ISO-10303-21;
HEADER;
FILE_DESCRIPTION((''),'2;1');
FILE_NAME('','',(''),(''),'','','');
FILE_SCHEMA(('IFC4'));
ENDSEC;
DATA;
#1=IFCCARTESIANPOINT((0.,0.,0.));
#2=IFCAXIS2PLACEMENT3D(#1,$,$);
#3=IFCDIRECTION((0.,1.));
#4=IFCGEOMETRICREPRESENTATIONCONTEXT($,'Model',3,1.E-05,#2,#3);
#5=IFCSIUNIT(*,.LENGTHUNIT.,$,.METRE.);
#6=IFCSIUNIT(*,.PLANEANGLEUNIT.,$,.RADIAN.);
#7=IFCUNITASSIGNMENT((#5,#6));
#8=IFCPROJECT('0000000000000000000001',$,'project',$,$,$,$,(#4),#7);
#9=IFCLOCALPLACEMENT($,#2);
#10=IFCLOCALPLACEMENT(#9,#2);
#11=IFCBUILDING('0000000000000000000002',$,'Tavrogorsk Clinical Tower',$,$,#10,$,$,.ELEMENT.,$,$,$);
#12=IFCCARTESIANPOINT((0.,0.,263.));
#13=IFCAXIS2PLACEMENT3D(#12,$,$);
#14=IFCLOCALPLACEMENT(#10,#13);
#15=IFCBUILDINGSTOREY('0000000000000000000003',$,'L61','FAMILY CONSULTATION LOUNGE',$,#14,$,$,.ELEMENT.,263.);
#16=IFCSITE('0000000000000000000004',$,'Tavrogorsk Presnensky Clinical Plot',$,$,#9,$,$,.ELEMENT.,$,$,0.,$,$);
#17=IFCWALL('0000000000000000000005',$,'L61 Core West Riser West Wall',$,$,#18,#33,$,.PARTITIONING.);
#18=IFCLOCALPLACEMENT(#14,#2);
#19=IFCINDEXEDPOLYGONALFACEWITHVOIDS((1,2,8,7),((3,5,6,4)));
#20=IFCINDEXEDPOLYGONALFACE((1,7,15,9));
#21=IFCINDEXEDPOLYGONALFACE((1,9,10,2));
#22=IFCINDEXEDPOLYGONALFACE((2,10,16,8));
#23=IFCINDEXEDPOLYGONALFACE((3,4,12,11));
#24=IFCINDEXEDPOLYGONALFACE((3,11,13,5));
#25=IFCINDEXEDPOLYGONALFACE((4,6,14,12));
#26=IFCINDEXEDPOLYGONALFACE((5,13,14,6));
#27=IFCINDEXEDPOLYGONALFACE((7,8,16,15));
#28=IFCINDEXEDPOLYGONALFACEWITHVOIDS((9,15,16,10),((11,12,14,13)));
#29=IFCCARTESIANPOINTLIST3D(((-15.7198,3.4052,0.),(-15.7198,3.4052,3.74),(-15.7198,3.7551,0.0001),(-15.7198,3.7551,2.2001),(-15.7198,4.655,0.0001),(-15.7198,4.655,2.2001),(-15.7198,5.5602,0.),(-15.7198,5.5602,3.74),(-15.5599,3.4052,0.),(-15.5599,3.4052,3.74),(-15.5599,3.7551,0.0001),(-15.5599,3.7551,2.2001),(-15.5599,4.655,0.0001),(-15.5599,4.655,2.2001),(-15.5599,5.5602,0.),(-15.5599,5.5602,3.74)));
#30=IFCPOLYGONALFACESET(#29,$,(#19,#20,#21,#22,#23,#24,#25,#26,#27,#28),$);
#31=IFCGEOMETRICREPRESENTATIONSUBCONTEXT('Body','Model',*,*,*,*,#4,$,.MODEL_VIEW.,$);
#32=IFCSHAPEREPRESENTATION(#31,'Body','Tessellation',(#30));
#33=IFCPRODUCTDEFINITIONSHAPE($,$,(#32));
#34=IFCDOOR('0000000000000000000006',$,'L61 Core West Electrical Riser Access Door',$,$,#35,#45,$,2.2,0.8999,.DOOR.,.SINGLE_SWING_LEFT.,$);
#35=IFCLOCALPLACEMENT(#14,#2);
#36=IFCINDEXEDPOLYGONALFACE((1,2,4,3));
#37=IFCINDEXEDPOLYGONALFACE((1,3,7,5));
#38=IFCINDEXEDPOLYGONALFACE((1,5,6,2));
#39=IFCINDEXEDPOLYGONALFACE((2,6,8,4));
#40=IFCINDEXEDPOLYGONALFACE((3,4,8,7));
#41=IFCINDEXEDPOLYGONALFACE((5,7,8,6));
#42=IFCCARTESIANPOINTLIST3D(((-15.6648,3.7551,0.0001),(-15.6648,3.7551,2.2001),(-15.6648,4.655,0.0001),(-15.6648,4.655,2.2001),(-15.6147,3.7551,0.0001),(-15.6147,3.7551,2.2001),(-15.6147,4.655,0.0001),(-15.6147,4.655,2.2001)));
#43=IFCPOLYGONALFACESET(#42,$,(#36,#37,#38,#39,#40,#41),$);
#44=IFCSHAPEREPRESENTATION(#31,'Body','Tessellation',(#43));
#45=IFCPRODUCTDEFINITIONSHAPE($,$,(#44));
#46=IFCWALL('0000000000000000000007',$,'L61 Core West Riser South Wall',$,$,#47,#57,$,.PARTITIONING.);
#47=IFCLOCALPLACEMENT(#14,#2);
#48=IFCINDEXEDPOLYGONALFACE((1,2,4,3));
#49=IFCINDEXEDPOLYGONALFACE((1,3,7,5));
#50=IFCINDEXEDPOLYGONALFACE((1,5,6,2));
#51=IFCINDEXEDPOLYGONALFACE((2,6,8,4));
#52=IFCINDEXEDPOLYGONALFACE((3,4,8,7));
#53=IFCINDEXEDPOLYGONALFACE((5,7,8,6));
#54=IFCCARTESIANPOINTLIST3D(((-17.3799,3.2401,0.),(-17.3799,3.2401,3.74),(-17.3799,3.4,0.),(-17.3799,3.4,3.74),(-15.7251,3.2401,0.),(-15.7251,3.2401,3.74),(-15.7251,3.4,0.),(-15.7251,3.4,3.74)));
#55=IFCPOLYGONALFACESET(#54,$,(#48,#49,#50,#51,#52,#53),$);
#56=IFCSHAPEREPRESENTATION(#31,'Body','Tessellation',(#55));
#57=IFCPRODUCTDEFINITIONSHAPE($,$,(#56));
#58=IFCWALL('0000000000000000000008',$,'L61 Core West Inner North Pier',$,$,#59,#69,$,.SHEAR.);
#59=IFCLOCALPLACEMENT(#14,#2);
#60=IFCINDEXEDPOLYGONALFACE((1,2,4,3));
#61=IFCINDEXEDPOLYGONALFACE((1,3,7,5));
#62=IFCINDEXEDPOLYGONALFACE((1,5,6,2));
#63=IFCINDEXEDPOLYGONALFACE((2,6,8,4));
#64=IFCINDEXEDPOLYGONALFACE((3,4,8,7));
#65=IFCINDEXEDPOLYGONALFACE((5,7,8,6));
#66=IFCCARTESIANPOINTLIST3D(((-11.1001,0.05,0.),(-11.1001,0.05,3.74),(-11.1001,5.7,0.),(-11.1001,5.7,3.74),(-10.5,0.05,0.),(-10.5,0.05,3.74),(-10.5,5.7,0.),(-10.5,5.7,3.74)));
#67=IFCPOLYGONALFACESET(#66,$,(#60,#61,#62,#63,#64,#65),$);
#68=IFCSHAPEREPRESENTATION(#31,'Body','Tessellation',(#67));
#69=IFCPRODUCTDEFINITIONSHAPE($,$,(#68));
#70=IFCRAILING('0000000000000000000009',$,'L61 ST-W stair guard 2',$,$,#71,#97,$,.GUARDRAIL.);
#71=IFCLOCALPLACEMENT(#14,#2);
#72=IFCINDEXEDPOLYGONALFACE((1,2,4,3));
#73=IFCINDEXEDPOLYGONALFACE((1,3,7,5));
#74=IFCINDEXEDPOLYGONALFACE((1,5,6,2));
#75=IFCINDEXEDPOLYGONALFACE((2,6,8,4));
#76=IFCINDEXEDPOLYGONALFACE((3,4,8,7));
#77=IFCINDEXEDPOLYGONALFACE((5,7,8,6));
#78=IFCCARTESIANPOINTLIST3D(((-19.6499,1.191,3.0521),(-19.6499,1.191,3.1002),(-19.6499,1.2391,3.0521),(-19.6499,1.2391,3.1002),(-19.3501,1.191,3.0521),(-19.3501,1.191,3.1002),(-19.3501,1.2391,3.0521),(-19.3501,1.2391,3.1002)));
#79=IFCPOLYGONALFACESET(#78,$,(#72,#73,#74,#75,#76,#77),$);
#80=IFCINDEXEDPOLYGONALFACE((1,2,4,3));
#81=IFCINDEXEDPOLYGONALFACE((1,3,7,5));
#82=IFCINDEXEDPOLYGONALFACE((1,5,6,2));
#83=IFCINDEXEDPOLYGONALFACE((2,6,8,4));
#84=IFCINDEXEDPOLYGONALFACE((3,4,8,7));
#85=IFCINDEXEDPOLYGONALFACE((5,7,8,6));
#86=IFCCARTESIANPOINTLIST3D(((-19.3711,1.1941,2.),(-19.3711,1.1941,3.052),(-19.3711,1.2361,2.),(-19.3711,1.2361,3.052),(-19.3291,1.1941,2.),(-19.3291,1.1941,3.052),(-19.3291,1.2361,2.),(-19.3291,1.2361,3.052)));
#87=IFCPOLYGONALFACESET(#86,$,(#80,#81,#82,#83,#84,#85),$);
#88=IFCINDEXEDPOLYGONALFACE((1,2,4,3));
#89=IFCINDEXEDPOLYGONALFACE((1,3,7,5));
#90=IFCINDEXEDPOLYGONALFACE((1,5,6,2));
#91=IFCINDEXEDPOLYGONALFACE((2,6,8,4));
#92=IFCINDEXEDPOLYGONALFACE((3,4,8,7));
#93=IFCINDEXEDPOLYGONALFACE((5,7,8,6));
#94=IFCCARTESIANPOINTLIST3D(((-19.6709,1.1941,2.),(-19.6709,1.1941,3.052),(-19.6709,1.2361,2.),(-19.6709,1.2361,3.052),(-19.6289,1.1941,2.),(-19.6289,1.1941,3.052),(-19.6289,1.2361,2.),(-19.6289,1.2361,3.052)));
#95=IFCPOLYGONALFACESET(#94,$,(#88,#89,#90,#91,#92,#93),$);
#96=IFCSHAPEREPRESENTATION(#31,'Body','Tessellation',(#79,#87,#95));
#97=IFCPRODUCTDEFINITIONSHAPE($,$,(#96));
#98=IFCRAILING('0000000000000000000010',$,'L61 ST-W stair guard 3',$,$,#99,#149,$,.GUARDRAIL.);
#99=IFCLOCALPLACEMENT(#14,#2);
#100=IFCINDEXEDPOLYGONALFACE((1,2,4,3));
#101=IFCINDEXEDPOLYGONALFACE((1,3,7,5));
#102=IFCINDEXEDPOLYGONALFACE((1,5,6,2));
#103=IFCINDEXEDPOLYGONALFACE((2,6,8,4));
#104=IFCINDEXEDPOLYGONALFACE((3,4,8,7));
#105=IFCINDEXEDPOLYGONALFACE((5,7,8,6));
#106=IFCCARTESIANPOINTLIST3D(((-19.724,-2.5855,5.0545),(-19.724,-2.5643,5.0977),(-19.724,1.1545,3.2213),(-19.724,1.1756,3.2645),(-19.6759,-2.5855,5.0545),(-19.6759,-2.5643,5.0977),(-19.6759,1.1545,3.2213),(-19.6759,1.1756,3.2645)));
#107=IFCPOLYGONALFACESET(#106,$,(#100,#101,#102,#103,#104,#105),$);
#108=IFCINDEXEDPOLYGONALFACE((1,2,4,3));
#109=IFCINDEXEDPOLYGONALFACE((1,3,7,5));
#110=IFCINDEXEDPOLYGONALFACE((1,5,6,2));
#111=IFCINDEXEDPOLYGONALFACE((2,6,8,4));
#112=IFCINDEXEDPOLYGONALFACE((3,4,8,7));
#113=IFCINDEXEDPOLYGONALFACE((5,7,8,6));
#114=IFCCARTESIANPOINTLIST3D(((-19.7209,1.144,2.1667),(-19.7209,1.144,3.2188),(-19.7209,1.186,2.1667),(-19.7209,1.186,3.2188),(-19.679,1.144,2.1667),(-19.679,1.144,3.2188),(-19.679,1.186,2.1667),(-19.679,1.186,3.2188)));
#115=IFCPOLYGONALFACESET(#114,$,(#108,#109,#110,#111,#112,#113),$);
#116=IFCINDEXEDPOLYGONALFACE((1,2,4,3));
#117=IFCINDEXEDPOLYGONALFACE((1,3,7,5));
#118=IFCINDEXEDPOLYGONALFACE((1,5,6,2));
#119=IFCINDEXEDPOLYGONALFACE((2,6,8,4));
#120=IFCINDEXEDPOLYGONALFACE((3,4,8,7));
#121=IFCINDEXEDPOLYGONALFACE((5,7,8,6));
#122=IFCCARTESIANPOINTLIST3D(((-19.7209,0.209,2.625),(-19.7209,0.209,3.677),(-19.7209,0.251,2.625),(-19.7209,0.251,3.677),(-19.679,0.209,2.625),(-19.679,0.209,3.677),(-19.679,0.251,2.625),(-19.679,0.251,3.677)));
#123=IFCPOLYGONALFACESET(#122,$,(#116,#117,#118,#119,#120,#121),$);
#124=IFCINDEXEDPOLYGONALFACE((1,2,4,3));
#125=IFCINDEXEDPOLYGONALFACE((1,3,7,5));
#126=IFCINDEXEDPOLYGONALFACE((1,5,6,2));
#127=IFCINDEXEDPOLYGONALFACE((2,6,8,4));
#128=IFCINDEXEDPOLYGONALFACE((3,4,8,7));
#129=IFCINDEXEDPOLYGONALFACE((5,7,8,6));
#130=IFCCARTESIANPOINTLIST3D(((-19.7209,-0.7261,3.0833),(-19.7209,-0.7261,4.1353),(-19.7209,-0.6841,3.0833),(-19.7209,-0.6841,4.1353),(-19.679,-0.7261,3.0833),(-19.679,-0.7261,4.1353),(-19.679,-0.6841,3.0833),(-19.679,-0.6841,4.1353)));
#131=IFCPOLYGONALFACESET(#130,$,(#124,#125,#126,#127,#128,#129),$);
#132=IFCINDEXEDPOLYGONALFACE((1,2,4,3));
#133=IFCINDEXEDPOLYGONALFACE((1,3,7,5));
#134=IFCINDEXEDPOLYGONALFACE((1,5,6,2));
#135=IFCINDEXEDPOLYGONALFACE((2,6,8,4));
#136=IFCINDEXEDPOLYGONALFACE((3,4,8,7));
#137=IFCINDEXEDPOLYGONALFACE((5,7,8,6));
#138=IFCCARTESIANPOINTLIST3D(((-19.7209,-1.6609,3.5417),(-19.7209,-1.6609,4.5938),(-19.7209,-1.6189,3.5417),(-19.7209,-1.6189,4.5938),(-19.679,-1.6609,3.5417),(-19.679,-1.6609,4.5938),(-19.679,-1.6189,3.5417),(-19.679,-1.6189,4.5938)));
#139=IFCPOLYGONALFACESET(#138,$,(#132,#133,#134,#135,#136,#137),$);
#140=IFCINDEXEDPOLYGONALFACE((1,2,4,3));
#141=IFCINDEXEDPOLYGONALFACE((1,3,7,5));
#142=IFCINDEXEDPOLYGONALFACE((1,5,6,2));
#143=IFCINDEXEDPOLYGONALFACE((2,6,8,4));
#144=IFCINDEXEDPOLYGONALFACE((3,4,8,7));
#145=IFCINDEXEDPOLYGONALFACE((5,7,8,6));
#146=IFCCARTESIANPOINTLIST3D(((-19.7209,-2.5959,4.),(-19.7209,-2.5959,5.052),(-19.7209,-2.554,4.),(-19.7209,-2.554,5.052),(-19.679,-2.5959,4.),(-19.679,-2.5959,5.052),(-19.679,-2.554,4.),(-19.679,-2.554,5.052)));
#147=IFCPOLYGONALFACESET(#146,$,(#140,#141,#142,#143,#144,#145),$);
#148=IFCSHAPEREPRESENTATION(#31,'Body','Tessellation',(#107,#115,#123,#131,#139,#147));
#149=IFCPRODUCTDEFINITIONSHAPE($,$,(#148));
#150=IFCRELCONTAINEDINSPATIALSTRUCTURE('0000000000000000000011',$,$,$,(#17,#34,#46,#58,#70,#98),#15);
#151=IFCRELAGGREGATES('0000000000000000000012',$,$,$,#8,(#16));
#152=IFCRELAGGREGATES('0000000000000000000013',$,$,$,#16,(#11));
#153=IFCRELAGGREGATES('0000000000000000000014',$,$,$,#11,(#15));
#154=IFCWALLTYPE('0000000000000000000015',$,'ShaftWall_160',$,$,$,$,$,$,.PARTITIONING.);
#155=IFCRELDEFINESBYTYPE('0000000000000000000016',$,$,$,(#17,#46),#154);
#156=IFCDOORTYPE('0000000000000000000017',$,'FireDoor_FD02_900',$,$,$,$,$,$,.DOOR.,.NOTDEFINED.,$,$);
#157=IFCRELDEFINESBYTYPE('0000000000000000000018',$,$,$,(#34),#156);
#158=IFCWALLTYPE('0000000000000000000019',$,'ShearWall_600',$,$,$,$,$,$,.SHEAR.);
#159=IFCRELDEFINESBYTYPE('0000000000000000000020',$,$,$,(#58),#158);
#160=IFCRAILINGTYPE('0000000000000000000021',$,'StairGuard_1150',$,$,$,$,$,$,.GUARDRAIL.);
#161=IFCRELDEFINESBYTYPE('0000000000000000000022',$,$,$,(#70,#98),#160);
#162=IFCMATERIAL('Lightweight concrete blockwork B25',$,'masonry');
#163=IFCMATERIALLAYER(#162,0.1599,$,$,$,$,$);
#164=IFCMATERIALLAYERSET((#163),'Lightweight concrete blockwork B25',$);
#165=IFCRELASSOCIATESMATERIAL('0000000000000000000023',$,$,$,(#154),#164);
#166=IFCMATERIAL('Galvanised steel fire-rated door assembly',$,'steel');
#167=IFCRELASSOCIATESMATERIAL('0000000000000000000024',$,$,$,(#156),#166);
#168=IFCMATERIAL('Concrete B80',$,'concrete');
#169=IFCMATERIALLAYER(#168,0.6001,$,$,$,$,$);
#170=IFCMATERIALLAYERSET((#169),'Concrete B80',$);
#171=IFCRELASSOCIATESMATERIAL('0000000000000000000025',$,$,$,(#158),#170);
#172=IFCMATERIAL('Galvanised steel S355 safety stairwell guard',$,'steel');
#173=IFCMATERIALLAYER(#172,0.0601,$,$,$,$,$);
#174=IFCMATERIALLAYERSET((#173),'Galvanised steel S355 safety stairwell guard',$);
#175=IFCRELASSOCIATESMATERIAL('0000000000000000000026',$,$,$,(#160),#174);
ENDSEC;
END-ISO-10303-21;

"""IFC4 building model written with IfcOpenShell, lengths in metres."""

from ifc_helpers import new_model, si_unit, direction, frame, frame_2d, origin, origin_2d, place, context, subcontext, project, spatial, rectangle, extrude, material, layer, layer_set, type_object, element, fill, save


model = new_model("IFC4")

# Units and contexts
model_context = context("Model", 3, precision=1e-05, world=origin(), true_north=direction((0.0, 1.0)))
body_context = subcontext(model_context, "Body", "Model", "MODEL_VIEW")
ifc_project = project(units=[si_unit("LENGTHUNIT", "METRE"), si_unit("PLANEANGLEUNIT", "RADIAN")], contexts=[model_context])

# Site, building, storey
site_placement = place(None, origin())
site = spatial("IfcSite", under=ifc_project, at=site_placement, Name="Tavrogorsk Presnensky Clinical Plot", CompositionType="ELEMENT", RefElevation=0.0)
building_placement = place(site_placement, origin())
building = spatial("IfcBuilding", under=site, at=building_placement, Name="Tavrogorsk Clinical Tower", CompositionType="ELEMENT")
storey_placement = place(building_placement, frame((0.0, 0.0, 263.0)))
storey = spatial("IfcBuildingStorey", under=building, at=storey_placement, Name="L61", Description="FAMILY CONSULTATION LOUNGE", CompositionType="ELEMENT", Elevation=263.0)

# Shared definitions
ifc_material_1 = material(Name="Lightweight concrete blockwork B25", Category="masonry")
ifc_layer_1 = layer(ifc_material_1, 0.1599)
ifc_layer_set_1 = layer_set([ifc_layer_1], Name="Lightweight concrete blockwork B25")
wall_type_1 = type_object("IfcWallType", Name="ShaftWall_160", PredefinedType="PARTITIONING", material=ifc_layer_set_1)

# Wall, opening, door
wall_1_placement = place(storey_placement, frame((-15.6399, 3.405, 0.0), z_axis=(0.0, 0.0, 1.0), x_axis=(0.0, 1.0, 0.0)))
wall_1 = element("IfcWall", 1, at=wall_1_placement, inside=storey, type_object=wall_type_1, Name="L61 Core West Riser West Wall", PredefinedType="PARTITIONING", context=body_context, shape_type="SweptSolid", body=[
    extrude(rectangle(XDim=2.155, YDim=0.1599, at=frame_2d((1.0776, 0.0))), origin(), (0.0, 0.0, 1.0), 3.74),
])
opening_1_placement = place(wall_1_placement, frame((0.3501, 0.0, 0.0)))
opening_1 = element("IfcOpeningElement", 2, at=opening_1_placement, cuts=wall_1, PredefinedType="OPENING", context=body_context, shape_type="SweptSolid", body=[
    extrude(rectangle(XDim=0.8999, YDim=2.2, at=frame_2d((0.45, 1.1001))), frame((0.0, 0.0898, 0.0), z_axis=(0.0, -1.0, 0.0), x_axis=(1.0, 0.0, 0.0)), (0.0, 0.0, 1.0), 0.1799),
])
ifc_material_2 = material(Name="Galvanised steel fire-rated door assembly", Category="steel")
door_type_1 = type_object("IfcDoorType", Name="FireDoor_FD02_900", OperationType="NOTDEFINED", PredefinedType="DOOR", material=ifc_material_2)
door_1_placement = place(opening_1_placement, origin())
door_1 = element("IfcDoor", 3, at=door_1_placement, inside=storey, type_object=door_type_1, Name="L61 Core West Electrical Riser Access Door", OperationType="SINGLE_SWING_LEFT", OverallHeight=2.2, OverallWidth=0.8999, PredefinedType="DOOR", context=body_context, shape_type="SweptSolid", body=[
    extrude(rectangle(XDim=0.8999, YDim=2.2, at=frame_2d((0.45, 1.1001))), frame((0.0, 0.0249, 0.0), z_axis=(0.0, -1.0, 0.0), x_axis=(1.0, 0.0, 0.0)), (0.0, 0.0, 1.0), 0.05),
])
fill(opening_1, door_1)

# Walls
wall_2_placement = place(storey_placement, frame((-17.3799, 3.3201, 0.0), z_axis=(0.0, 0.0, 1.0), x_axis=(1.0, 0.0, 0.0)))
element("IfcWall", 4, at=wall_2_placement, inside=storey, type_object=wall_type_1, Name="L61 Core West Riser South Wall", PredefinedType="PARTITIONING", context=body_context, shape_type="SweptSolid", body=[
    extrude(rectangle(XDim=1.6548, YDim=0.1599, at=frame_2d((0.8274, 0.0))), origin(), (0.0, 0.0, 1.0), 3.74),
])
ifc_material_3 = material(Name="Concrete B80", Category="concrete")
ifc_layer_2 = layer(ifc_material_3, 0.6001)
ifc_layer_set_2 = layer_set([ifc_layer_2], Name="Concrete B80")
wall_type_2 = type_object("IfcWallType", Name="ShearWall_600", PredefinedType="SHEAR", material=ifc_layer_set_2)
wall_3_placement = place(storey_placement, frame((-10.8, 0.05, 0.0), z_axis=(0.0, 0.0, 1.0), x_axis=(0.0, 1.0, 0.0)))
element("IfcWall", 5, at=wall_3_placement, inside=storey, type_object=wall_type_2, Name="L61 Core West Inner North Pier", PredefinedType="SHEAR", context=body_context, shape_type="SweptSolid", body=[
    extrude(rectangle(XDim=5.6499, YDim=0.6001, at=frame_2d((2.825, 0.0))), origin(), (0.0, 0.0, 1.0), 3.74),
])

# Railings
ifc_material_4 = material(Name="Galvanised steel S355 safety stairwell guard", Category="steel")
ifc_layer_3 = layer(ifc_material_4, 0.0601)
ifc_layer_set_3 = layer_set([ifc_layer_3], Name="Galvanised steel S355 safety stairwell guard")
railing_type = type_object("IfcRailingType", Name="StairGuard_1150", PredefinedType="GUARDRAIL", material=ifc_layer_set_3)
railing_1_placement = place(storey_placement, frame((-19.3501, 1.2151, 2.0)))
element("IfcRailing", 6, at=railing_1_placement, inside=storey, type_object=railing_type, Name="L61 ST-W stair guard 2", PredefinedType="GUARDRAIL", context=body_context, shape_type="SweptSolid", body=[
    extrude(rectangle(XDim=0.0481, YDim=0.0481, at=origin_2d()), frame((0.0, 0.0, 1.0762), z_axis=(-1.0, 0.0, 0.0), x_axis=(0.0, -1.0, 0.0)), (0.0, 0.0, 1.0), 0.2998),
    extrude(rectangle(XDim=0.042, YDim=0.042, at=origin_2d()), origin(), (0.0, 0.0, 1.0), 1.052),
    extrude(rectangle(XDim=0.042, YDim=0.042, at=origin_2d()), frame((-0.2998, 0.0, 0.0)), (0.0, 0.0, 1.0), 1.052),
])
railing_2_placement = place(storey_placement, frame((-19.7, 1.165, 2.1667)))
element("IfcRailing", 7, at=railing_2_placement, inside=storey, type_object=railing_type, Name="L61 ST-W stair guard 3", PredefinedType="GUARDRAIL", context=body_context, shape_type="SweptSolid", body=[
    extrude(rectangle(XDim=0.0481, YDim=0.0481, at=origin_2d()), frame((0.0, 0.0, 1.0762), z_axis=(0.0, -0.897928, 0.440142), x_axis=(1.0, 0.0, 0.0)), (0.0, 0.0, 1.0), 4.165),
    extrude(rectangle(XDim=0.042, YDim=0.042, at=origin_2d()), origin(), (0.0, 0.0, 1.0), 1.052),
    extrude(rectangle(XDim=0.042, YDim=0.042, at=origin_2d()), frame((0.0, -0.9351, 0.4583)), (0.0, 0.0, 1.0), 1.052),
    extrude(rectangle(XDim=0.042, YDim=0.042, at=origin_2d()), frame((0.0, -1.8701, 0.9165)), (0.0, 0.0, 1.0), 1.052),
    extrude(rectangle(XDim=0.042, YDim=0.042, at=origin_2d()), frame((0.0, -2.8049, 1.375)), (0.0, 0.0, 1.0), 1.052),
    extrude(rectangle(XDim=0.042, YDim=0.042, at=origin_2d()), frame((0.0, -3.74, 1.8333)), (0.0, 0.0, 1.0), 1.052),
])

save(model, "model.ifc")
